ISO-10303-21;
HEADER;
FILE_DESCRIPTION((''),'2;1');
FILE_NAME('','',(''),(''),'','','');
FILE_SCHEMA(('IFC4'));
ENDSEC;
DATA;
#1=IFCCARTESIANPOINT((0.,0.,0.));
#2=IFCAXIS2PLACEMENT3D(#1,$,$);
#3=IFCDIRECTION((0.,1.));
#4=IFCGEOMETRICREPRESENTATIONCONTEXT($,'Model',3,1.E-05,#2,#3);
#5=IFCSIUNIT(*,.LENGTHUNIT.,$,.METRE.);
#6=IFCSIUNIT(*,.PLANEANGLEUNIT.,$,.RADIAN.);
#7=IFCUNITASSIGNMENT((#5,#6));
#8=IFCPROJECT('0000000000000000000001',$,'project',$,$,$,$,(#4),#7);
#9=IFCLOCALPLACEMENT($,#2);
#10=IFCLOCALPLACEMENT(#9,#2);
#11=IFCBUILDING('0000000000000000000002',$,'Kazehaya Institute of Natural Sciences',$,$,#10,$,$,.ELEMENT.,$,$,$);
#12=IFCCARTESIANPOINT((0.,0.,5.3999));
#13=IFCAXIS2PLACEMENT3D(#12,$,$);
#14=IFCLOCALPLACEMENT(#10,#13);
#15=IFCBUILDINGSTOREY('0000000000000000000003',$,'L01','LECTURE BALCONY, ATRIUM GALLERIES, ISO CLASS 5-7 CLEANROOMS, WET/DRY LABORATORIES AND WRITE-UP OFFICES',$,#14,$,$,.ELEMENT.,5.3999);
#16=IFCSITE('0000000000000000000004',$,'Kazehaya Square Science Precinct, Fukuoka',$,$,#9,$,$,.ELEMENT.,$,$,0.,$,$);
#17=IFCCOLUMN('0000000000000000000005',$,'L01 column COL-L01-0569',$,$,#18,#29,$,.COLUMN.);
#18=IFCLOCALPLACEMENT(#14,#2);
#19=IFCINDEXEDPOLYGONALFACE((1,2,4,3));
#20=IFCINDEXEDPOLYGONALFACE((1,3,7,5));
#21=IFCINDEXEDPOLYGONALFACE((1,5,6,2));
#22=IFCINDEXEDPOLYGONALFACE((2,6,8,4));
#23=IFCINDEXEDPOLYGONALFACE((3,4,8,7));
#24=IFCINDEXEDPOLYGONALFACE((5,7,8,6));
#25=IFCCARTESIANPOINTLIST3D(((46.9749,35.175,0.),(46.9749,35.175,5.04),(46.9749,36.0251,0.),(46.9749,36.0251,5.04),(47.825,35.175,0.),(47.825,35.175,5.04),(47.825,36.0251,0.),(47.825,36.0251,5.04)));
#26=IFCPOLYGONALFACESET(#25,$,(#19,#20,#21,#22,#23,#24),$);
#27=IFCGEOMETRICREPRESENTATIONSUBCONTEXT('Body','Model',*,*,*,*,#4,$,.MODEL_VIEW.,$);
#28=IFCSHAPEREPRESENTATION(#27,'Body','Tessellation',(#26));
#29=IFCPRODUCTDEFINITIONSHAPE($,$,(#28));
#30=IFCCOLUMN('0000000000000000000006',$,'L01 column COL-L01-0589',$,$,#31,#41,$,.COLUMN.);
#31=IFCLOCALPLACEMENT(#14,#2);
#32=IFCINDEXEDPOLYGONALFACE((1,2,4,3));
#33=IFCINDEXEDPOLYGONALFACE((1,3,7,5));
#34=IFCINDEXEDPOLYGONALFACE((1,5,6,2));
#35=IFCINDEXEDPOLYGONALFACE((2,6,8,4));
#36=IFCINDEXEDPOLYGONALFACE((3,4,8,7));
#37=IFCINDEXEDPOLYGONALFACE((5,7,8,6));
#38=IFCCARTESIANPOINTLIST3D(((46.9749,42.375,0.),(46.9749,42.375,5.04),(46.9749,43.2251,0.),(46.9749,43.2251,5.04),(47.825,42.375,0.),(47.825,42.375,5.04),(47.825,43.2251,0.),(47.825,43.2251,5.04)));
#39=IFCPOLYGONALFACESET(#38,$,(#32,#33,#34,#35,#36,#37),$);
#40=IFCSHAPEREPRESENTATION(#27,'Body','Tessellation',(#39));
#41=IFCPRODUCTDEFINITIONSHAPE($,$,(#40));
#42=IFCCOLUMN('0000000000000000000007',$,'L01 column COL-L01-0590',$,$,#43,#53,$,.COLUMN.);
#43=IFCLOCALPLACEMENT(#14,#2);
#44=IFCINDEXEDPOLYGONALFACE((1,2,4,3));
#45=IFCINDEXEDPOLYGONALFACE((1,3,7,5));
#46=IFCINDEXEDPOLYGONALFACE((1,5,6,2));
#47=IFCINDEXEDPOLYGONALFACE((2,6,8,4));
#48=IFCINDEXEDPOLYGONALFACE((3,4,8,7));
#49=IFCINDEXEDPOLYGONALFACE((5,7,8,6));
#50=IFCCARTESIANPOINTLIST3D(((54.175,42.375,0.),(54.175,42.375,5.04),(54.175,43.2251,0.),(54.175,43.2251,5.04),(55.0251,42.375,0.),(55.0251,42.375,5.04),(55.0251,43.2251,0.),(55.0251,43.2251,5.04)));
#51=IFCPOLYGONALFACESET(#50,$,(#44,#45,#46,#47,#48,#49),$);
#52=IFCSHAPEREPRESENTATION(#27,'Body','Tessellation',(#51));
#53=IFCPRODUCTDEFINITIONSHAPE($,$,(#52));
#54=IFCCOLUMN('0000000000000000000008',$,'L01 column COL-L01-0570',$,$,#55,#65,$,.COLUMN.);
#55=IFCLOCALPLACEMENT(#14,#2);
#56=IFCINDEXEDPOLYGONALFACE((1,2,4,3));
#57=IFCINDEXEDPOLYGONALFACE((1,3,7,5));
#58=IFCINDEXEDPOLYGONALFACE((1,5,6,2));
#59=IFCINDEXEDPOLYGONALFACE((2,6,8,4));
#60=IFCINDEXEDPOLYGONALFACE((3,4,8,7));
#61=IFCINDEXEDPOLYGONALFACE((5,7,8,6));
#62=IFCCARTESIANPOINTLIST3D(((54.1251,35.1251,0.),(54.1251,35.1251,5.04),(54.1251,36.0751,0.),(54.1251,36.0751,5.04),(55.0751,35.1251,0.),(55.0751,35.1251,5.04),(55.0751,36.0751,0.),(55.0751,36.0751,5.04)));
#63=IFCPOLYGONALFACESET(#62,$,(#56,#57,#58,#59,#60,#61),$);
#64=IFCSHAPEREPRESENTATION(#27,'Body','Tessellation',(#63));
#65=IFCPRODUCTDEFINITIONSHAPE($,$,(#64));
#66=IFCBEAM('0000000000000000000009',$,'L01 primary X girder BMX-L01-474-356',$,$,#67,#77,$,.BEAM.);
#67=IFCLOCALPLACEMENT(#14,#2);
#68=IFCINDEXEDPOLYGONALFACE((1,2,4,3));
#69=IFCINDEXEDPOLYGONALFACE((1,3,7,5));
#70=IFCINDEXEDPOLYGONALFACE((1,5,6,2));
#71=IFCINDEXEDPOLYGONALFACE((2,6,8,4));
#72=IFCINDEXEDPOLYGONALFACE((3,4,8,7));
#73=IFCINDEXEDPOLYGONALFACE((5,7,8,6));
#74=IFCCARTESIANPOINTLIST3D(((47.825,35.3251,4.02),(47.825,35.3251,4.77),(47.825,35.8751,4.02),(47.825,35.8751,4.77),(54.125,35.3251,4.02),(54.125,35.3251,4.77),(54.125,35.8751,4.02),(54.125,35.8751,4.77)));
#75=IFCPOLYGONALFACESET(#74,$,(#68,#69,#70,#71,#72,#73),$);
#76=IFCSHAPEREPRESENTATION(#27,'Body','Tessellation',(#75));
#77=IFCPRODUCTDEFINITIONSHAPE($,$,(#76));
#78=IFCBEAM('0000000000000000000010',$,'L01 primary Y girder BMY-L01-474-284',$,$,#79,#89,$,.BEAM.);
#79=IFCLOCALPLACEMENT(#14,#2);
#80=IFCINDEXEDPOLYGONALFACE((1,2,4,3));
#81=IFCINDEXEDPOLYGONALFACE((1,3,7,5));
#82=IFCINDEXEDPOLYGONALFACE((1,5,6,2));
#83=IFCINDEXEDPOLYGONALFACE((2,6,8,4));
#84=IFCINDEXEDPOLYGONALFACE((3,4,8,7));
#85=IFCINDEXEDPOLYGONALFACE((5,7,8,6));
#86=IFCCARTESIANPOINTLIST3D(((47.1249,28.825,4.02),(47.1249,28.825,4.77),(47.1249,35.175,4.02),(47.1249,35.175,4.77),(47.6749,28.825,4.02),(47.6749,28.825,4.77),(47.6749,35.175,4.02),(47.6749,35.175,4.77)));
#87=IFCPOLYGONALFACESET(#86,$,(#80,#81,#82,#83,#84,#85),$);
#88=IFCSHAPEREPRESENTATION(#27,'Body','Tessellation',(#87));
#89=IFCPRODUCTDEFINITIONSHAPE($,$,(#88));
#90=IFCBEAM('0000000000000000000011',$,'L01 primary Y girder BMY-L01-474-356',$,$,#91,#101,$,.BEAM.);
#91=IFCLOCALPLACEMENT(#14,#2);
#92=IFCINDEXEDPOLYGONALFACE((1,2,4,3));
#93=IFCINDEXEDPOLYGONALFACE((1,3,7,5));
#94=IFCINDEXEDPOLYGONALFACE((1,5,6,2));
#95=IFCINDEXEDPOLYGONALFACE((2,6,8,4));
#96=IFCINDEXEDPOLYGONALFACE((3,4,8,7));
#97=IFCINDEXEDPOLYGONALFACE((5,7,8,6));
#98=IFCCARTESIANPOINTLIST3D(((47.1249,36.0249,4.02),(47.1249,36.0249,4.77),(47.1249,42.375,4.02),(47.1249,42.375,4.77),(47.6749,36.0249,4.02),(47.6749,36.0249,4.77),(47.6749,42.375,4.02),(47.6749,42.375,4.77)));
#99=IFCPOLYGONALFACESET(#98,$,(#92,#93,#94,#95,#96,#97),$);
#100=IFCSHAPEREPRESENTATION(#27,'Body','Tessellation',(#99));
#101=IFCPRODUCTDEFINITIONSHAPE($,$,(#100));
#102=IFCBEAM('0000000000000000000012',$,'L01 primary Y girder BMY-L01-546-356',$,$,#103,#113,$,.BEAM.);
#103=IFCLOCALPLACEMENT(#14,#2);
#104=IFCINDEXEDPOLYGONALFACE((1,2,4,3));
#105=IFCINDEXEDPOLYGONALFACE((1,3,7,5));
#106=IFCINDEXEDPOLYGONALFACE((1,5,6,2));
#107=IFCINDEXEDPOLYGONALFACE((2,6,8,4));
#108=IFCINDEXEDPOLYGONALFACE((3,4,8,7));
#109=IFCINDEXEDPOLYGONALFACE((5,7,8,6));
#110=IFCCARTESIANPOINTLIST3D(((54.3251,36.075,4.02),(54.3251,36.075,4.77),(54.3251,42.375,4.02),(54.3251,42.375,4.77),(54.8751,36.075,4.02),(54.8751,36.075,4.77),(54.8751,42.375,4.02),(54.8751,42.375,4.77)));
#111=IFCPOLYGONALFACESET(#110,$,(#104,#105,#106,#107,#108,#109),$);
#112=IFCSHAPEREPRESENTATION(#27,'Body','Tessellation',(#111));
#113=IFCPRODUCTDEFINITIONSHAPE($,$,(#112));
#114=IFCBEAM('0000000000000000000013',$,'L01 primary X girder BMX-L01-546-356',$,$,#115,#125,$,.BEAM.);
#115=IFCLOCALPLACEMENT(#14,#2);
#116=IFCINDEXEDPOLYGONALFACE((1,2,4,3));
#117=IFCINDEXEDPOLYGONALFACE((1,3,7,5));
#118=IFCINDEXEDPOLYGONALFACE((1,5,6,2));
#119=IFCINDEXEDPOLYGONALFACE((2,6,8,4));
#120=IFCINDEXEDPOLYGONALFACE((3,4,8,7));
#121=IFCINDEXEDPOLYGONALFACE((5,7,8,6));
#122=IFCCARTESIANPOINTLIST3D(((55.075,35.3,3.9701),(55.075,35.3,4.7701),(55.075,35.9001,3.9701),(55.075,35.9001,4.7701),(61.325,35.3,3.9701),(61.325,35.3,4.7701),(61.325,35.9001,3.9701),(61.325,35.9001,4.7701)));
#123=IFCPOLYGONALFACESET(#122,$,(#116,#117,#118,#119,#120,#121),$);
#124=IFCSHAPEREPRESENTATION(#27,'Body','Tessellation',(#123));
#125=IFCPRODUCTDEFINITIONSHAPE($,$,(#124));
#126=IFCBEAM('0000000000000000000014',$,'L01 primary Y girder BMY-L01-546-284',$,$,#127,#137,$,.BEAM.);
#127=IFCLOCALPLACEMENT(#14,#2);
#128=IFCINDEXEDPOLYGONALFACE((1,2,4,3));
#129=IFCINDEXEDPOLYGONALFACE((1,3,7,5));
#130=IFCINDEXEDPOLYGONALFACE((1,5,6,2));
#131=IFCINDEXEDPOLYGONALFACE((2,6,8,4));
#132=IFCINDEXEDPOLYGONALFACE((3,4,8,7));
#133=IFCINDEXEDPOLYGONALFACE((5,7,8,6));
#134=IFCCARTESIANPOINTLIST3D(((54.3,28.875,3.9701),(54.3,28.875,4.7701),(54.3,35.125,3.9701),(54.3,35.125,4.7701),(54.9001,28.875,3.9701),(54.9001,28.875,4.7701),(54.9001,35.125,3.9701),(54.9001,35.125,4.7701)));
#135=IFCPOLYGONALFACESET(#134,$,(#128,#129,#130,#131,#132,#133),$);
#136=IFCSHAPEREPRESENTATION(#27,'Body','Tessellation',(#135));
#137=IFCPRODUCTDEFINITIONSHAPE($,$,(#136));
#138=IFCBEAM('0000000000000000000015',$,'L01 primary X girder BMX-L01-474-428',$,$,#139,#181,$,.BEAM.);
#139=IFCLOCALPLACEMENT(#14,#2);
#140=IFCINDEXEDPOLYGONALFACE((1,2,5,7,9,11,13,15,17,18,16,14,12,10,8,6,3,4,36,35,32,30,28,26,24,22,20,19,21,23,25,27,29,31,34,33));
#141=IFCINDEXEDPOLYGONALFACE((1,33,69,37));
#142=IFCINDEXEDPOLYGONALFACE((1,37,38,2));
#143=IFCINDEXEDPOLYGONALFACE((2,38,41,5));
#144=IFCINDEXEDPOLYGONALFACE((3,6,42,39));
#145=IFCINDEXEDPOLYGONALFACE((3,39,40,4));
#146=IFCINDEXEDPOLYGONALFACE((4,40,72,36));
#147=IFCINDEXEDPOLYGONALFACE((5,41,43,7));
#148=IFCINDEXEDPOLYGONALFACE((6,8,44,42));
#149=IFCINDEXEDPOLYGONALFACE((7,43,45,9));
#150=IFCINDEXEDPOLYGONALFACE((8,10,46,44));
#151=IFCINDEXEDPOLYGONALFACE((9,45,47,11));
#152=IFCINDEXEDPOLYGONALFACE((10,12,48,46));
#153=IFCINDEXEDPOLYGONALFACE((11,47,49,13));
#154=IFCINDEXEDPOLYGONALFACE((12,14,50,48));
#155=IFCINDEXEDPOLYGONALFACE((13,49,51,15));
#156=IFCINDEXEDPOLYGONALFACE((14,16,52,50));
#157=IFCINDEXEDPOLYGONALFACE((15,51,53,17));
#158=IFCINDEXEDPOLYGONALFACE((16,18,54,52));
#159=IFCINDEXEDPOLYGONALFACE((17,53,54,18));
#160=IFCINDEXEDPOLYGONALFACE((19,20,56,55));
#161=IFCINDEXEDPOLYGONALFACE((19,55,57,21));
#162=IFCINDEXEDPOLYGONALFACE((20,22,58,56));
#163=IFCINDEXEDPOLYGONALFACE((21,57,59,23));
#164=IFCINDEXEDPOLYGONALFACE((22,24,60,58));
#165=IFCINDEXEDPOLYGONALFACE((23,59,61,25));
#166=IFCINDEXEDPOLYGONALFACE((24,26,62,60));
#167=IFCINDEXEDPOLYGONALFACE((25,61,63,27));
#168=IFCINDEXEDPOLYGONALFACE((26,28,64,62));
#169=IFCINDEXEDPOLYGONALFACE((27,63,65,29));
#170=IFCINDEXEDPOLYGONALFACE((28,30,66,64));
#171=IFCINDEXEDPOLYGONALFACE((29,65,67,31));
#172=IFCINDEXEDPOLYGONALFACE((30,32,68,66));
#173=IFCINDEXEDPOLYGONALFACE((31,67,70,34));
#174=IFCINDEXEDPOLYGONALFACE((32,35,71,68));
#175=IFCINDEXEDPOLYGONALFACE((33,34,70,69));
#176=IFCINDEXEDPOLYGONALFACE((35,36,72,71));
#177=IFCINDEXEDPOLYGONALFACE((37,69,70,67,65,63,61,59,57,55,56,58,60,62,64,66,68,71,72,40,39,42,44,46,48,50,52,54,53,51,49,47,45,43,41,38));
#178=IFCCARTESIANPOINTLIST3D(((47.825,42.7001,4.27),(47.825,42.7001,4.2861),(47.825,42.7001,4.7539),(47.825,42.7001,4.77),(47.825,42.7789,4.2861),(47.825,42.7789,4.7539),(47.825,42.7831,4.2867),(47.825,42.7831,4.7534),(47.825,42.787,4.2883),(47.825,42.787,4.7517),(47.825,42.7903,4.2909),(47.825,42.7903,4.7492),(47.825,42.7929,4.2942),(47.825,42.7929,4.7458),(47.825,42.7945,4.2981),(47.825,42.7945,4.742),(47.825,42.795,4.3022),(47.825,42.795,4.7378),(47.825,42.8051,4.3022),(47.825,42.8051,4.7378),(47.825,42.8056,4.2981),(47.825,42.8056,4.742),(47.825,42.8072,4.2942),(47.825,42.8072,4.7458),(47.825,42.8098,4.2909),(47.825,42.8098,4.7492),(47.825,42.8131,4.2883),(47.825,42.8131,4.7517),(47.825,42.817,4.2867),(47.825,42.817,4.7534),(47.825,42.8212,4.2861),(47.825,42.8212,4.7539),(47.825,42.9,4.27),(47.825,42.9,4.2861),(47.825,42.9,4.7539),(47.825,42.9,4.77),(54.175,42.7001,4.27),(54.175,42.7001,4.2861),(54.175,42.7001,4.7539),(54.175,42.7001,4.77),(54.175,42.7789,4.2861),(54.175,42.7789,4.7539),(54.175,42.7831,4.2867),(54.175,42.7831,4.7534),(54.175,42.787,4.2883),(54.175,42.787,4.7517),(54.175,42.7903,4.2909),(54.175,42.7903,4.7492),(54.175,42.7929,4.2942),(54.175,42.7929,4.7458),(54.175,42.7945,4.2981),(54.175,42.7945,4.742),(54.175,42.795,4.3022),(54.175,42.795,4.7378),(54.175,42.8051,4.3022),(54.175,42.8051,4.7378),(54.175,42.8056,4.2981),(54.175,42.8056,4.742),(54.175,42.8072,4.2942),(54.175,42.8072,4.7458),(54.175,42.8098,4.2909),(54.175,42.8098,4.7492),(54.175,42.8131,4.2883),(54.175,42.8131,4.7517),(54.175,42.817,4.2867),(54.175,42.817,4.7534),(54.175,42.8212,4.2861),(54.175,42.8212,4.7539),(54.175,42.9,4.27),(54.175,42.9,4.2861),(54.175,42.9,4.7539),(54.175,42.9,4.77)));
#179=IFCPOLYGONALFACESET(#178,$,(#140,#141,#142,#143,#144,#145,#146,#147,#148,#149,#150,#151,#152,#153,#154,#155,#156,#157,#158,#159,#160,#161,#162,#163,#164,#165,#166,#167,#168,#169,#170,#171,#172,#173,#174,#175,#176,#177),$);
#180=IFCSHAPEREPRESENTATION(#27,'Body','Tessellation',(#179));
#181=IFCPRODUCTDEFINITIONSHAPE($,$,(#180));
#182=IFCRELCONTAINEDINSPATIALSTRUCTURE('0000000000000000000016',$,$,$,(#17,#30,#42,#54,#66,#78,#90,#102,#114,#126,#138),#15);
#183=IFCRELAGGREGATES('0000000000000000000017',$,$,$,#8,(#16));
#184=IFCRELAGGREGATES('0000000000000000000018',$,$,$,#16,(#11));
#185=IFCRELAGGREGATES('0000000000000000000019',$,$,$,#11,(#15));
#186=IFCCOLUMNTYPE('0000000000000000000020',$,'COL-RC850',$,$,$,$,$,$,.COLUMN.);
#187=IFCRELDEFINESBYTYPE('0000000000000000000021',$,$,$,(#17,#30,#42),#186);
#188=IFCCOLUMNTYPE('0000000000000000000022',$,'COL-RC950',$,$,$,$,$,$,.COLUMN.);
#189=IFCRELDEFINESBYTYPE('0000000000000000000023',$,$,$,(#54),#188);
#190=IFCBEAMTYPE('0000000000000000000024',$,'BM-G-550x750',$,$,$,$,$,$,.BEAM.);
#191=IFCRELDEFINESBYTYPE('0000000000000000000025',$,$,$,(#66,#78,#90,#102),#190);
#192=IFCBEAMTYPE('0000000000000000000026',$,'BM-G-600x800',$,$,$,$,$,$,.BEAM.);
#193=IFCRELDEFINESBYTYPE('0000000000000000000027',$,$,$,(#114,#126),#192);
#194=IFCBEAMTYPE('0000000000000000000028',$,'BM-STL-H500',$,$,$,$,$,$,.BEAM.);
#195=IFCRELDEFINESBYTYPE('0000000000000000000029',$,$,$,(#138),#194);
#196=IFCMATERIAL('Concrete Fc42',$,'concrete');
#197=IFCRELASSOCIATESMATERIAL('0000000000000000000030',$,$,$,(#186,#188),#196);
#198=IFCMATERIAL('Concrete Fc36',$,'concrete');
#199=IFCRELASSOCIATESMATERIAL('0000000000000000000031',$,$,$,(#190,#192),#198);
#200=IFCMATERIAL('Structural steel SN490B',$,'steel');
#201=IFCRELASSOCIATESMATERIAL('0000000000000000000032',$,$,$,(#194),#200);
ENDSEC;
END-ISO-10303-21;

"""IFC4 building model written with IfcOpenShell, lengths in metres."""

from ifc_helpers import new_model, si_unit, direction, frame, origin, origin_2d, place, context, subcontext, project, spatial, rectangle, i_section, extrude, material, material_profile, profile_set, type_object, element, save


model = new_model("IFC4")

# Units and contexts
model_context = context("Model", 3, precision=1e-05, world=origin(), true_north=direction((0.0, 1.0)))
body_context = subcontext(model_context, "Body", "Model", "MODEL_VIEW")
ifc_project = project(units=[si_unit("LENGTHUNIT", "METRE"), si_unit("PLANEANGLEUNIT", "RADIAN")], contexts=[model_context])

# Site, building, storey
site_placement = place(None, origin())
site = spatial("IfcSite", under=ifc_project, at=site_placement, Name="Kazehaya Square Science Precinct, Fukuoka", CompositionType="ELEMENT", RefElevation=0.0)
building_placement = place(site_placement, origin())
building = spatial("IfcBuilding", under=site, at=building_placement, Name="Kazehaya Institute of Natural Sciences", CompositionType="ELEMENT")
storey_placement = place(building_placement, frame((0.0, 0.0, 5.3999)))
storey = spatial("IfcBuildingStorey", under=building, at=storey_placement, Name="L01", Description="LECTURE BALCONY, ATRIUM GALLERIES, ISO CLASS 5-7 CLEANROOMS, WET/DRY LABORATORIES AND WRITE-UP OFFICES", CompositionType="ELEMENT", Elevation=5.3999)

# Columns
ifc_material_1 = material(Name="Concrete Fc42", Category="concrete")
ifc_material_profile_1 = material_profile(ifc_material_1, rectangle(XDim=0.8501, YDim=0.8501, at=origin_2d()), Name="RC-850x850")
ifc_profile_set_1 = profile_set([ifc_material_profile_1], Name="Concrete Fc42")
column_type_1 = type_object("IfcColumnType", Name="COL-RC850", PredefinedType="COLUMN", material=ifc_profile_set_1)
for number, where, z_axis, x_axis, name in (
    (1, (47.3999, 35.6001, 0.0), (0.0, 0.0, 1.0), (1.0, 0.0, 0.0), "L01 column COL-L01-0569"),
    (2, (47.3999, 42.8, 0.0), (0.0, 0.0, 1.0), (1.0, 0.0, 0.0), "L01 column COL-L01-0589"),
    (3, (54.6001, 42.8, 0.0), (0.0, 0.0, 1.0), (1.0, 0.0, 0.0), "L01 column COL-L01-0590"),
):
    element("IfcColumn", number, at=place(storey_placement, frame(where, z_axis=z_axis, x_axis=x_axis)), inside=storey, type_object=column_type_1, Name=name, PredefinedType="COLUMN", context=body_context, shape_type="SweptSolid", body=[
        extrude(rectangle(XDim=0.8501, YDim=0.8501, at=origin_2d()), origin(), (0.0, 0.0, 1.0), 5.04),
    ])
ifc_material_profile_2 = material_profile(ifc_material_1, rectangle(XDim=0.95, YDim=0.95, at=origin_2d()), Name="RC-950x950")
ifc_profile_set_2 = profile_set([ifc_material_profile_2], Name="Concrete Fc42")
column_type_2 = type_object("IfcColumnType", Name="COL-RC950", PredefinedType="COLUMN", material=ifc_profile_set_2)
column_placement = place(storey_placement, frame((54.6001, 35.6001, 0.0), z_axis=(0.0, 0.0, 1.0), x_axis=(1.0, 0.0, 0.0)))
element("IfcColumn", 4, at=column_placement, inside=storey, type_object=column_type_2, Name="L01 column COL-L01-0570", PredefinedType="COLUMN", context=body_context, shape_type="SweptSolid", body=[
    extrude(rectangle(XDim=0.95, YDim=0.95, at=origin_2d()), origin(), (0.0, 0.0, 1.0), 5.04),
])

# Beams
ifc_material_2 = material(Name="Concrete Fc36", Category="concrete")
ifc_material_profile_3 = material_profile(ifc_material_2, rectangle(XDim=0.55, YDim=0.75, at=origin_2d()), Name="RC-550x750")
ifc_profile_set_3 = profile_set([ifc_material_profile_3], Name="Concrete Fc36")
beam_type_1 = type_object("IfcBeamType", Name="BM-G-550x750", PredefinedType="BEAM", material=ifc_profile_set_3)
beam_1_placement = place(storey_placement, frame((47.825, 35.6001, 4.395), z_axis=(1.0, 0.0, 0.0), x_axis=(0.0, 1.0, 0.0)))
element("IfcBeam", 5, at=beam_1_placement, inside=storey, type_object=beam_type_1, Name="L01 primary X girder BMX-L01-474-356", PredefinedType="BEAM", context=body_context, shape_type="SweptSolid", body=[
    extrude(rectangle(XDim=0.55, YDim=0.75, at=origin_2d()), origin(), (0.0, 0.0, 1.0), 6.3),
])
for number, where, z_axis, x_axis, name in (
    (6, (47.3999, 28.825, 4.395), (0.0, 1.0, 0.0), (-1.0, 0.0, 0.0), "L01 primary Y girder BMY-L01-474-284"),
    (7, (47.3999, 36.0249, 4.395), (0.0, 1.0, 0.0), (-1.0, 0.0, 0.0), "L01 primary Y girder BMY-L01-474-356"),
):
    element("IfcBeam", number, at=place(storey_placement, frame(where, z_axis=z_axis, x_axis=x_axis)), inside=storey, type_object=beam_type_1, Name=name, PredefinedType="BEAM", context=body_context, shape_type="SweptSolid", body=[
        extrude(rectangle(XDim=0.55, YDim=0.75, at=origin_2d()), origin(), (0.0, 0.0, 1.0), 6.3501),
    ])
beam_2_placement = place(storey_placement, frame((54.6001, 36.075, 4.395), z_axis=(0.0, 1.0, 0.0), x_axis=(-1.0, 0.0, 0.0)))
element("IfcBeam", 8, at=beam_2_placement, inside=storey, type_object=beam_type_1, Name="L01 primary Y girder BMY-L01-546-356", PredefinedType="BEAM", context=body_context, shape_type="SweptSolid", body=[
    extrude(rectangle(XDim=0.55, YDim=0.75, at=origin_2d()), origin(), (0.0, 0.0, 1.0), 6.3),
])
ifc_material_profile_4 = material_profile(ifc_material_2, rectangle(XDim=0.6001, YDim=0.8, at=origin_2d()), Name="RC-600x800")
ifc_profile_set_4 = profile_set([ifc_material_profile_4], Name="Concrete Fc36")
beam_type_2 = type_object("IfcBeamType", Name="BM-G-600x800", PredefinedType="BEAM", material=ifc_profile_set_4)
for number, where, z_axis, x_axis, name in (
    (9, (55.075, 35.6001, 4.3701), (1.0, 0.0, 0.0), (0.0, 1.0, 0.0), "L01 primary X girder BMX-L01-546-356"),
    (10, (54.6001, 28.875, 4.3701), (0.0, 1.0, 0.0), (-1.0, 0.0, 0.0), "L01 primary Y girder BMY-L01-546-284"),
):
    element("IfcBeam", number, at=place(storey_placement, frame(where, z_axis=z_axis, x_axis=x_axis)), inside=storey, type_object=beam_type_2, Name=name, PredefinedType="BEAM", context=body_context, shape_type="SweptSolid", body=[
        extrude(rectangle(XDim=0.6001, YDim=0.8, at=origin_2d()), origin(), (0.0, 0.0, 1.0), 6.25),
    ])
ifc_material_3 = material(Name="Structural steel SN490B", Category="steel")
ifc_material_profile_5 = material_profile(ifc_material_3, i_section(OverallWidth=0.2, OverallDepth=0.5, WebThickness=0.01, FlangeThickness=0.0161, FilletRadius=0.0161, at=origin_2d()), Name="H-500x200x10x16")
ifc_profile_set_5 = profile_set([ifc_material_profile_5], Name="Structural steel SN490B")
beam_type_3 = type_object("IfcBeamType", Name="BM-STL-H500", PredefinedType="BEAM", material=ifc_profile_set_5)
beam_3_placement = place(storey_placement, frame((47.825, 42.8, 4.52), z_axis=(1.0, 0.0, 0.0), x_axis=(0.0, 1.0, 0.0)))
element("IfcBeam", 11, at=beam_3_placement, inside=storey, type_object=beam_type_3, Name="L01 primary X girder BMX-L01-474-428", PredefinedType="BEAM", context=body_context, shape_type="SweptSolid", body=[
    extrude(i_section(OverallWidth=0.2, OverallDepth=0.5, WebThickness=0.01, FlangeThickness=0.0161, FilletRadius=0.0161, at=origin_2d()), origin(), (0.0, 0.0, 1.0), 6.3501),
])

save(model, "model.ifc")
